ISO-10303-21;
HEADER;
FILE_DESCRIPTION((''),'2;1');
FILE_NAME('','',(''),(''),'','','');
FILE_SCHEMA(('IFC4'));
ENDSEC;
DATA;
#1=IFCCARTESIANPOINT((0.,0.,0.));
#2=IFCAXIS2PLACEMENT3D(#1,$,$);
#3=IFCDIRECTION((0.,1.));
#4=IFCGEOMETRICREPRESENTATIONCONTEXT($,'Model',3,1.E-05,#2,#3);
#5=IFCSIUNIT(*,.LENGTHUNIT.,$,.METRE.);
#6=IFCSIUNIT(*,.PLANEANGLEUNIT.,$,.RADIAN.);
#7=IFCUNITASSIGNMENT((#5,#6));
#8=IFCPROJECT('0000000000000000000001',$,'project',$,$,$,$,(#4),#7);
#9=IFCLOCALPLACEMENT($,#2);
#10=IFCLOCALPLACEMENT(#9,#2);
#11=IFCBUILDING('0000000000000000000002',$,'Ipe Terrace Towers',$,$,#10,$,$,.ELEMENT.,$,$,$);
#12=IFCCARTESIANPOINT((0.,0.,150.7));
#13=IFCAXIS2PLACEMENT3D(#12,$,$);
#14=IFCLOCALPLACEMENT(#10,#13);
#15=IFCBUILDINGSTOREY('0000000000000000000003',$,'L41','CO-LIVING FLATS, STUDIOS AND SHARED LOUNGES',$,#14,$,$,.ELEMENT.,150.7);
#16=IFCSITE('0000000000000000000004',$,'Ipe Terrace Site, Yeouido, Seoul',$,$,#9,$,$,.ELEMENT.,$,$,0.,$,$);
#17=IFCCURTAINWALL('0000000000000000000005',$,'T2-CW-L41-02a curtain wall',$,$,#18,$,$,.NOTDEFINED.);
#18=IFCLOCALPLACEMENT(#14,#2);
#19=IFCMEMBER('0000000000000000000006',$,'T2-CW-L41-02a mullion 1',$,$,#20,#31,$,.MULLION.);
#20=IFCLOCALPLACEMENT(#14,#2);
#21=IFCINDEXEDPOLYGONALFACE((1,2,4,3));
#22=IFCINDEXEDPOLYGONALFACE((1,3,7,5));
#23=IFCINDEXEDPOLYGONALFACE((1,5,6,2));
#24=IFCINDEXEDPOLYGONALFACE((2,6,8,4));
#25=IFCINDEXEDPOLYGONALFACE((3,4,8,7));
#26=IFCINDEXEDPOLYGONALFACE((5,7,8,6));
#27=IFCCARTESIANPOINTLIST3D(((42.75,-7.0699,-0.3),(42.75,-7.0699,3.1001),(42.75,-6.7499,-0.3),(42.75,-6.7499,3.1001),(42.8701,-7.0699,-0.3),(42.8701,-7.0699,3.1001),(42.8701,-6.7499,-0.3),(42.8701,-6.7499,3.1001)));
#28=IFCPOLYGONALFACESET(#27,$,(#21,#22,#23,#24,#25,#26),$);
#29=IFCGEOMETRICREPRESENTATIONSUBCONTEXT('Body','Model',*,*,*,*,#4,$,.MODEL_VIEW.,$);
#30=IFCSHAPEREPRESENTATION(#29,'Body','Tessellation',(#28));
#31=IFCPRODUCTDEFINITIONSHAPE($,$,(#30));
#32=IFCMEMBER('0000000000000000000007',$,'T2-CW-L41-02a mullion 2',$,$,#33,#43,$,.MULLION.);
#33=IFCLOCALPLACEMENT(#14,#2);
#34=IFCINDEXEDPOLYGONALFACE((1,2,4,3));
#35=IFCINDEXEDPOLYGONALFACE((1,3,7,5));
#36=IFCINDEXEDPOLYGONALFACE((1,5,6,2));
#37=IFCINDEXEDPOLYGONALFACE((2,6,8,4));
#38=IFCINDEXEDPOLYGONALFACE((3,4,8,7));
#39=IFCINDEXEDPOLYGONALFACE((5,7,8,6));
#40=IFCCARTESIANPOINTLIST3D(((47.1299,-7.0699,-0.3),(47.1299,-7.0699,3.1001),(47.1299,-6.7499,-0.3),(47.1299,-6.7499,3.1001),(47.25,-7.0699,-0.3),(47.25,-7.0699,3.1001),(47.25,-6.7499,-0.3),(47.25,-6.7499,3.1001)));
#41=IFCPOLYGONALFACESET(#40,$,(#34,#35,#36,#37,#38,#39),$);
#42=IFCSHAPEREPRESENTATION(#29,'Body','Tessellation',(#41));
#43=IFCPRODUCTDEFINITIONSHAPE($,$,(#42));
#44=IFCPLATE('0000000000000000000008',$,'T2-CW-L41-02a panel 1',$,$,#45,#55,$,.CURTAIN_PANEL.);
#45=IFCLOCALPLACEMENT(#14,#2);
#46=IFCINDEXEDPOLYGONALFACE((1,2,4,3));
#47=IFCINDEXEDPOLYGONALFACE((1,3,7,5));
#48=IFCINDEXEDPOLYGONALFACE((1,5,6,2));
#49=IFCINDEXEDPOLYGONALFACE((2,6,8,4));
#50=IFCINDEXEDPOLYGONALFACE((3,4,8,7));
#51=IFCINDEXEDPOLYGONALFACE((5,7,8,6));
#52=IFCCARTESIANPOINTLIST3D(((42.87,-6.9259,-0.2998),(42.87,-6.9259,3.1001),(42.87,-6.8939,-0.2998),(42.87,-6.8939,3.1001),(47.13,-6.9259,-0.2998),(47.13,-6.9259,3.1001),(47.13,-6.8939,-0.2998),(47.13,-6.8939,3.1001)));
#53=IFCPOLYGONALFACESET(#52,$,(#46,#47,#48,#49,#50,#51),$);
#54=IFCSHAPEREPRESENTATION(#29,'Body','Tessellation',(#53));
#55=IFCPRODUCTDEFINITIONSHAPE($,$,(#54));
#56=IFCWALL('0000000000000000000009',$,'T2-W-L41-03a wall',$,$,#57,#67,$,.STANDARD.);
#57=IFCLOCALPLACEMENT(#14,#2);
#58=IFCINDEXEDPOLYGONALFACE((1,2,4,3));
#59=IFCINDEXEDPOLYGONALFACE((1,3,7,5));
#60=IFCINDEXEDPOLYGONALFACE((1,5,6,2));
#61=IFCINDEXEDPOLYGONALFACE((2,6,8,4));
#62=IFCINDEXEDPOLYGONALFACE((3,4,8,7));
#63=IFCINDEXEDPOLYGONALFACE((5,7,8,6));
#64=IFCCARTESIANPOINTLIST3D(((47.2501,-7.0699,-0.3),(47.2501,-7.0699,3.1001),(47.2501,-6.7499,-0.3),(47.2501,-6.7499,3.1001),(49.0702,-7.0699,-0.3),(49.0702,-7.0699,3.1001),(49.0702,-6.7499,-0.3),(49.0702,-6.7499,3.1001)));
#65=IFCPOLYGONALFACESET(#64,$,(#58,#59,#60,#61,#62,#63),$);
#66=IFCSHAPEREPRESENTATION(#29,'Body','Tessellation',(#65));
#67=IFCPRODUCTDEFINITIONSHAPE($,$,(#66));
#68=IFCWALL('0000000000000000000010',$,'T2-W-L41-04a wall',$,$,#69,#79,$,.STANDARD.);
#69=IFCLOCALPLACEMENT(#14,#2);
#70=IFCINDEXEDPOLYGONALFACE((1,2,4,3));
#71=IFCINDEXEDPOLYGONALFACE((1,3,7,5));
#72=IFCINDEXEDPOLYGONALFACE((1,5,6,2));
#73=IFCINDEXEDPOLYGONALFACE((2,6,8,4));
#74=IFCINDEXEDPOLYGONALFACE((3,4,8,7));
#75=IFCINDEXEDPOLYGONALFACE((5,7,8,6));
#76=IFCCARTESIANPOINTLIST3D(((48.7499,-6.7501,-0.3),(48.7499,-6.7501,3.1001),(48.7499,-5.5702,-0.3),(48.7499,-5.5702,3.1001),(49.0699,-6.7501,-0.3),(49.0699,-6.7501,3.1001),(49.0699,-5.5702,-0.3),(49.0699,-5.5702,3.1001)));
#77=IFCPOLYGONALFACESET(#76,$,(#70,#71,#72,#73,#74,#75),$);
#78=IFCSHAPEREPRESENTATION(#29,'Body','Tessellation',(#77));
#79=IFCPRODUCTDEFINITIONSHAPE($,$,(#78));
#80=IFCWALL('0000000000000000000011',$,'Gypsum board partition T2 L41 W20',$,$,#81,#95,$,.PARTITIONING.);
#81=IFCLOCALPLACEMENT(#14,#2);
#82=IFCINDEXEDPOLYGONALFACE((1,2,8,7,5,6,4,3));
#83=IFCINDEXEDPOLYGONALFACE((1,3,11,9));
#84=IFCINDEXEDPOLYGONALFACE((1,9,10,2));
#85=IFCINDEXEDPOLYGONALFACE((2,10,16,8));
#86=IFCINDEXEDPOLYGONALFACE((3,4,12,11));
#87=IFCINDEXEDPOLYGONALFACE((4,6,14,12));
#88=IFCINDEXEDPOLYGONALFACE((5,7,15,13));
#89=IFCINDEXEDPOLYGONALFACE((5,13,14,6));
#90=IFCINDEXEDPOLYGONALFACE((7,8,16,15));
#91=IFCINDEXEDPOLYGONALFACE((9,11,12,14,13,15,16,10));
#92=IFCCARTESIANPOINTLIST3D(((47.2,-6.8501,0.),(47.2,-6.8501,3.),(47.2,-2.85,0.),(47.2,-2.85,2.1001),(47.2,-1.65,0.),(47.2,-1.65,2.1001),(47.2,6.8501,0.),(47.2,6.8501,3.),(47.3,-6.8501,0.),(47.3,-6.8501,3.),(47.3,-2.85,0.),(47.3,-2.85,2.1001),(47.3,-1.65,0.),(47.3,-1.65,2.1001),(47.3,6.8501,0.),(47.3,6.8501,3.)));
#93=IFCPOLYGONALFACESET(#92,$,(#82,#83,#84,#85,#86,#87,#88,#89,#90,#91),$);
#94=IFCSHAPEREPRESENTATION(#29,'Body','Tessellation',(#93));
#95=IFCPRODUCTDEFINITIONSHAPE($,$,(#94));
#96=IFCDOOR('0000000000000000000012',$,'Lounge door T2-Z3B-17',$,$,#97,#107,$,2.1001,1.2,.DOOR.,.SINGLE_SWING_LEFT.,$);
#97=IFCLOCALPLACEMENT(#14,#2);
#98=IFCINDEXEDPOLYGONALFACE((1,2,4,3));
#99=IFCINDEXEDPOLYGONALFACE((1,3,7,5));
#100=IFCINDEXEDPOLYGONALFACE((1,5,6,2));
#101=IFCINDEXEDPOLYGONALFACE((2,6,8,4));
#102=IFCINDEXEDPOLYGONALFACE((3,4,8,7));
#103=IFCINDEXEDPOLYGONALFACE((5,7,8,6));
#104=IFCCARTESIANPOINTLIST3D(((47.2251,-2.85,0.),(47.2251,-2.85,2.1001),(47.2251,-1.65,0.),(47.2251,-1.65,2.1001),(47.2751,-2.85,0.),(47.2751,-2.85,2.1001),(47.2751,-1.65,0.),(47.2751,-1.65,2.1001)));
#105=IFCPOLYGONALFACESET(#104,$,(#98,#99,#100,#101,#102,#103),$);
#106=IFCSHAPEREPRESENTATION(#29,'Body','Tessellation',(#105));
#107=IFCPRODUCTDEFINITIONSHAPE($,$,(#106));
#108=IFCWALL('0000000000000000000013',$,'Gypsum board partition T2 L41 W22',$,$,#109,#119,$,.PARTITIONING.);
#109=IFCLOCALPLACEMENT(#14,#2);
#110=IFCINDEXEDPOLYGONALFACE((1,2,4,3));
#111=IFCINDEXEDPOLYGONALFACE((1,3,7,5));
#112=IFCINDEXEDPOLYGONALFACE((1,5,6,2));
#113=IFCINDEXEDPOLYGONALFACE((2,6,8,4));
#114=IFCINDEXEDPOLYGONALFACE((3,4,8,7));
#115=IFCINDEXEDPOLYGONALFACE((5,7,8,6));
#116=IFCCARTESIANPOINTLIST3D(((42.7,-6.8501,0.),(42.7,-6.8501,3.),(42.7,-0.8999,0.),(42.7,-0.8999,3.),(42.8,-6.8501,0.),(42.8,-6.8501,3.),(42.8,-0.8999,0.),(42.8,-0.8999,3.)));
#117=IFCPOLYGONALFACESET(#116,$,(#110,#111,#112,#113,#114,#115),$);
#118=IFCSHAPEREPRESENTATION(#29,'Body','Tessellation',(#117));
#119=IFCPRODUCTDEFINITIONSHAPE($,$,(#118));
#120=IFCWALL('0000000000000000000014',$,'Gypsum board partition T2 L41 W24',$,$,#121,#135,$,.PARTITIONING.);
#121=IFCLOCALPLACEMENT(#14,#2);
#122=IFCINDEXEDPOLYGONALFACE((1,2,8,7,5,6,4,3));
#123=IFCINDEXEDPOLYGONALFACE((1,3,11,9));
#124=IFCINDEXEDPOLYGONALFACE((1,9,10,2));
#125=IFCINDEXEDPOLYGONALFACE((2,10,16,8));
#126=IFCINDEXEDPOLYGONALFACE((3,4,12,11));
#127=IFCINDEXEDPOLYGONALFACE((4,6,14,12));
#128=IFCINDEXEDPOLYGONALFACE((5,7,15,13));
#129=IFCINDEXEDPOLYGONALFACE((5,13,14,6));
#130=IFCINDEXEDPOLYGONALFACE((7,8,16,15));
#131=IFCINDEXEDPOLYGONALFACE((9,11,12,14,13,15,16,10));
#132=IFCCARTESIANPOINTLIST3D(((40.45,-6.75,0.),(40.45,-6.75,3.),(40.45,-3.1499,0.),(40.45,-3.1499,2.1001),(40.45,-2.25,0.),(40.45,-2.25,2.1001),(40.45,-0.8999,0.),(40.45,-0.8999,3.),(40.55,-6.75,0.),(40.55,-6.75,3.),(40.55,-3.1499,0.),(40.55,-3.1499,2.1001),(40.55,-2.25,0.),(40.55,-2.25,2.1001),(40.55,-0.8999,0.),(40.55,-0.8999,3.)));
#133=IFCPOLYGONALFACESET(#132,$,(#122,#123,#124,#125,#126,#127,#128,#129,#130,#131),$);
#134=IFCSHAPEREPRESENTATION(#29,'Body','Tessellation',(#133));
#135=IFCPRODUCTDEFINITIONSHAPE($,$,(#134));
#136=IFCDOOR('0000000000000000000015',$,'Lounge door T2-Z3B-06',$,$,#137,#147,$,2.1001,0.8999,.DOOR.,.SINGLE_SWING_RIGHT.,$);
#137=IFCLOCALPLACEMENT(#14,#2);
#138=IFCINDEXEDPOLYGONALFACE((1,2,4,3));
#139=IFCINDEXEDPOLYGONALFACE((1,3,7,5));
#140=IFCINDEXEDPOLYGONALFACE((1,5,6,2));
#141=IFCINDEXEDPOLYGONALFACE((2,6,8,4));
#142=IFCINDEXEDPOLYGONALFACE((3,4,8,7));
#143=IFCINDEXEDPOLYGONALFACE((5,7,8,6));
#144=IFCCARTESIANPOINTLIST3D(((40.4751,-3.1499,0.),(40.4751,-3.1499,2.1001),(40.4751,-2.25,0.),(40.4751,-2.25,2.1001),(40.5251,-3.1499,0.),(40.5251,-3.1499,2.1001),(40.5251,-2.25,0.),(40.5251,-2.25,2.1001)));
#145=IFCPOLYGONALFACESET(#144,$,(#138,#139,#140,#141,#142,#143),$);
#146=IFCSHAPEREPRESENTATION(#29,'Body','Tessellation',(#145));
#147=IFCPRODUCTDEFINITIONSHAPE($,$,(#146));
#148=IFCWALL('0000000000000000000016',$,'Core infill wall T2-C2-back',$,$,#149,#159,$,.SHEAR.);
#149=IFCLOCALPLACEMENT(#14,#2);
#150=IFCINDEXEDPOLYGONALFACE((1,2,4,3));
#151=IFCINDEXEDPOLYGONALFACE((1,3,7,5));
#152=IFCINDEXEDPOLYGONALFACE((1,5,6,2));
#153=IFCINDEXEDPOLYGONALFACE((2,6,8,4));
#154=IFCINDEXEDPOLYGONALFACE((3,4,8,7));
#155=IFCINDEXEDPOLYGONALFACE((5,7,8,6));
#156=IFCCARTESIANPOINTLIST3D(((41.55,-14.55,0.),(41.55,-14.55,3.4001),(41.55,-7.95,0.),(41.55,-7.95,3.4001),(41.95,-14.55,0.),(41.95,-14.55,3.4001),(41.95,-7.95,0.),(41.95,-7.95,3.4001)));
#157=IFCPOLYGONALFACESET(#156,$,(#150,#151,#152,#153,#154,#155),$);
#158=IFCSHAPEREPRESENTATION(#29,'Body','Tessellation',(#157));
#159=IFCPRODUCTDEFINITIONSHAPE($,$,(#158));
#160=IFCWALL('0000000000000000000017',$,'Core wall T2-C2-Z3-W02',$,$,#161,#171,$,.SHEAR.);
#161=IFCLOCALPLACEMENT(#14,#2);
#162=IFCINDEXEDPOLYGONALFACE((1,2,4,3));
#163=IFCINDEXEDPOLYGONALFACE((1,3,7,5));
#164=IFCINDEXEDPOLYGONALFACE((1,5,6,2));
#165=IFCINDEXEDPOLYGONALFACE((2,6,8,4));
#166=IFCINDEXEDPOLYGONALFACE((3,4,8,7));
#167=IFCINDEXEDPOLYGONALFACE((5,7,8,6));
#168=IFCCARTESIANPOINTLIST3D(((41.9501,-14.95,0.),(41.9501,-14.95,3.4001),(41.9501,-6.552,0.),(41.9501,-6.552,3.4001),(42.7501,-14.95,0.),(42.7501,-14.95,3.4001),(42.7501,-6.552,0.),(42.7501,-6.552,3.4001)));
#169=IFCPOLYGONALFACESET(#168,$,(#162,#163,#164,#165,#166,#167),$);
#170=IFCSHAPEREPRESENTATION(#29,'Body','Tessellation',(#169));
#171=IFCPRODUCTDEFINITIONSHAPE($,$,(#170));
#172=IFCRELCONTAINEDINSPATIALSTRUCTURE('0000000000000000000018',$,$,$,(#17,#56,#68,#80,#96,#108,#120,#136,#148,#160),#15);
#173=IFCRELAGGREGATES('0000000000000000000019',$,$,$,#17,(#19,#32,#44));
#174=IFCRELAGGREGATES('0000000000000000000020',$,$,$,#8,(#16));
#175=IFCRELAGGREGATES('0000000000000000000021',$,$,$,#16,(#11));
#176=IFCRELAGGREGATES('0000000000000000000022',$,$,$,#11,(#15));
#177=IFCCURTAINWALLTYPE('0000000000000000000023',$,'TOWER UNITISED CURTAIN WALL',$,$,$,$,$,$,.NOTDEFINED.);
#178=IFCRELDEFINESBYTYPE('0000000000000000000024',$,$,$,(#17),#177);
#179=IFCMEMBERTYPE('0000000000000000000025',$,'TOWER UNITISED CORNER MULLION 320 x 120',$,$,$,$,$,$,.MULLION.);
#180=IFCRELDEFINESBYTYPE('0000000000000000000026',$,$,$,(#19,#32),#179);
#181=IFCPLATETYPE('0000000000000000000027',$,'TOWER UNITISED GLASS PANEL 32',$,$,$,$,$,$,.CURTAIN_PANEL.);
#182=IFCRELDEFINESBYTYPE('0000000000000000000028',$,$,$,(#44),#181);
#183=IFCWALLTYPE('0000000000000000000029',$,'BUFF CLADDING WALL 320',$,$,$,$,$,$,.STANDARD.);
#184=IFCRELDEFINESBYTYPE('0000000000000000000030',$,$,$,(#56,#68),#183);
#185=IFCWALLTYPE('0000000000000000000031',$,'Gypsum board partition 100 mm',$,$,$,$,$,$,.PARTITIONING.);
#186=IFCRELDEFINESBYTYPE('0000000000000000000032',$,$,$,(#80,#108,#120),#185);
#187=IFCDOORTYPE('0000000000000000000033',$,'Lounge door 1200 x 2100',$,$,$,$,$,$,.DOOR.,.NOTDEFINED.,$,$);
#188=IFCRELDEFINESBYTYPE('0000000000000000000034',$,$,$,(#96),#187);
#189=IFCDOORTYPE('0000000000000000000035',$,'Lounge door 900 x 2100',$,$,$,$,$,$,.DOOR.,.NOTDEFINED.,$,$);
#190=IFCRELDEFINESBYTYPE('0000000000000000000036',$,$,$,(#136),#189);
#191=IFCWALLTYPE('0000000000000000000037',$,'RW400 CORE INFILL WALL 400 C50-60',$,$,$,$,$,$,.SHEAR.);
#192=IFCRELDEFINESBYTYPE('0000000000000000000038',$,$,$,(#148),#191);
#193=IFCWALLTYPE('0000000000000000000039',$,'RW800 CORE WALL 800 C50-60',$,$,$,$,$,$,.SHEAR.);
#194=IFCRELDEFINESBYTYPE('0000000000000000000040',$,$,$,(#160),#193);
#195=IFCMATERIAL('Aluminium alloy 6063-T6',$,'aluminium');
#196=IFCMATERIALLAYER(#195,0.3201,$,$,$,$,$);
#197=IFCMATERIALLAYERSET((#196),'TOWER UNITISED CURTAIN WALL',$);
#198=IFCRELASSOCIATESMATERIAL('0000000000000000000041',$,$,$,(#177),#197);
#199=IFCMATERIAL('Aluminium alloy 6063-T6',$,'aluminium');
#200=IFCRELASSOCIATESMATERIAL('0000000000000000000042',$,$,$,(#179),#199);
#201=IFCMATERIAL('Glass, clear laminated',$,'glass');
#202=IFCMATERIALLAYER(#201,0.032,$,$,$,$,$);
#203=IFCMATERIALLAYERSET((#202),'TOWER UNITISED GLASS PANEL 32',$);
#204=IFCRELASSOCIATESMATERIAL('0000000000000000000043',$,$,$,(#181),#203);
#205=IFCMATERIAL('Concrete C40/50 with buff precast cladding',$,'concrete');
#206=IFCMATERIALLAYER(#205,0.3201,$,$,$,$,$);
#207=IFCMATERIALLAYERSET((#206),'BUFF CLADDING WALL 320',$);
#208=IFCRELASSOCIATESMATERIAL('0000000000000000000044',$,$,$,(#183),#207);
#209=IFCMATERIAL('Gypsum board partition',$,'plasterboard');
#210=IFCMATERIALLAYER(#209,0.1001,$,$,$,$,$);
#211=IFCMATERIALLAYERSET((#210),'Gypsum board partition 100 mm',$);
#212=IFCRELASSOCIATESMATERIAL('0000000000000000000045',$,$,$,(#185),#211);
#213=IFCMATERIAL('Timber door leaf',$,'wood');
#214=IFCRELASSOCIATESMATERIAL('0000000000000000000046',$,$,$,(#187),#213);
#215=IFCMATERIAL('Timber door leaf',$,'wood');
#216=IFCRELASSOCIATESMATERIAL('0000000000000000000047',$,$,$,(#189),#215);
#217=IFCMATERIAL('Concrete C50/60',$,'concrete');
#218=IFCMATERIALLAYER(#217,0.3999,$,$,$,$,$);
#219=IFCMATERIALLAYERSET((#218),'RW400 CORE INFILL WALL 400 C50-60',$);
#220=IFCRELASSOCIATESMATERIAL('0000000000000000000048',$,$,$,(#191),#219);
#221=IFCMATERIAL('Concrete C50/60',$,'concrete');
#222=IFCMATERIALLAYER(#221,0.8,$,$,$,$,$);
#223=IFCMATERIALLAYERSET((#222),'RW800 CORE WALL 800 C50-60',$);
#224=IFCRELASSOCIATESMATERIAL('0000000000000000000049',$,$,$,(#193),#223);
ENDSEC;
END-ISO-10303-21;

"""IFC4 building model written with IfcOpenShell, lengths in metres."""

from ifc_helpers import new_model, si_unit, direction, frame, frame_2d, origin, origin_2d, place, context, subcontext, project, spatial, rectangle, extrude, material, layer, layer_set, material_profile, profile_set, type_object, element, fill, aggregate, save


model = new_model("IFC4")

# Units and contexts
model_context = context("Model", 3, precision=1e-05, world=origin(), true_north=direction((0.0, 1.0)))
body_context = subcontext(model_context, "Body", "Model", "MODEL_VIEW")
ifc_project = project(units=[si_unit("LENGTHUNIT", "METRE"), si_unit("PLANEANGLEUNIT", "RADIAN")], contexts=[model_context])

# Site, building, storey
site_placement = place(None, origin())
site = spatial("IfcSite", under=ifc_project, at=site_placement, Name="Ipe Terrace Site, Yeouido, Seoul", CompositionType="ELEMENT", RefElevation=0.0)
building_placement = place(site_placement, origin())
building = spatial("IfcBuilding", under=site, at=building_placement, Name="Ipe Terrace Towers", CompositionType="ELEMENT")
storey_placement = place(building_placement, frame((0.0, 0.0, 150.7)))
storey = spatial("IfcBuildingStorey", under=building, at=storey_placement, Name="L41", Description="CO-LIVING FLATS, STUDIOS AND SHARED LOUNGES", CompositionType="ELEMENT", Elevation=150.7)

# Curtain wall, members, plate
ifc_material_1 = material(Name="Aluminium alloy 6063-T6", Category="aluminium")
ifc_layer_1 = layer(ifc_material_1, 0.3201)
ifc_layer_set_1 = layer_set([ifc_layer_1], Name="TOWER UNITISED CURTAIN WALL")
curtain_wall_type = type_object("IfcCurtainWallType", Name="TOWER UNITISED CURTAIN WALL", PredefinedType="NOTDEFINED", material=ifc_layer_set_1)
curtain_wall_placement = place(storey_placement, origin())
curtain_wall = element("IfcCurtainWall", 1, at=curtain_wall_placement, inside=storey, type_object=curtain_wall_type, Name="T2-CW-L41-02a curtain wall", PredefinedType="NOTDEFINED")
ifc_material_2 = material(Name="Aluminium alloy 6063-T6", Category="aluminium")
ifc_material_profile = material_profile(ifc_material_2, rectangle(XDim=0.3201, YDim=0.1201, at=origin_2d()), Name="TOWER UNITISED CORNER MULLION 320 x 120")
ifc_profile_set = profile_set([ifc_material_profile], Name="Aluminium alloy 6063-T6")
member_type = type_object("IfcMemberType", Name="TOWER UNITISED CORNER MULLION 320 x 120", PredefinedType="MULLION", material=ifc_profile_set)
member_1_placement = place(storey_placement, frame((42.8101, -6.9099, -0.3), z_axis=(0.0, 0.0, 1.0), x_axis=(0.0, -1.0, 0.0)))
member_1 = element("IfcMember", 2, at=member_1_placement, type_object=member_type, Name="T2-CW-L41-02a mullion 1", PredefinedType="MULLION", context=body_context, shape_type="SweptSolid", body=[
    extrude(rectangle(XDim=0.3201, YDim=0.1201, at=origin_2d()), origin(), (0.0, 0.0, 1.0), 3.4001),
])
member_2_placement = place(storey_placement, frame((47.1899, -6.9099, -0.3), z_axis=(0.0, 0.0, 1.0), x_axis=(0.0, -1.0, 0.0)))
member_2 = element("IfcMember", 3, at=member_2_placement, type_object=member_type, Name="T2-CW-L41-02a mullion 2", PredefinedType="MULLION", context=body_context, shape_type="SweptSolid", body=[
    extrude(rectangle(XDim=0.3201, YDim=0.1201, at=origin_2d()), origin(), (0.0, 0.0, 1.0), 3.4001),
])
ifc_material_3 = material(Name="Glass, clear laminated", Category="glass")
ifc_layer_2 = layer(ifc_material_3, 0.032)
ifc_layer_set_2 = layer_set([ifc_layer_2], Name="TOWER UNITISED GLASS PANEL 32")
plate_type = type_object("IfcPlateType", Name="TOWER UNITISED GLASS PANEL 32", PredefinedType="CURTAIN_PANEL", material=ifc_layer_set_2)
plate_placement = place(storey_placement, frame((45.0, -6.9099, -0.2998), z_axis=(0.0, 0.0, 1.0), x_axis=(1.0, 0.0, 0.0)))
plate = element("IfcPlate", 4, at=plate_placement, type_object=plate_type, Name="T2-CW-L41-02a panel 1", PredefinedType="CURTAIN_PANEL", context=body_context, shape_type="SweptSolid", body=[
    extrude(rectangle(XDim=4.26, YDim=0.032, at=origin_2d()), origin(), (0.0, 0.0, 1.0), 3.3999),
])
aggregate(curtain_wall, [member_1, member_2, plate])

# Walls
ifc_material_4 = material(Name="Concrete C40/50 with buff precast cladding", Category="concrete")
ifc_layer_3 = layer(ifc_material_4, 0.3201)
ifc_layer_set_3 = layer_set([ifc_layer_3], Name="BUFF CLADDING WALL 320")
wall_type_1 = type_object("IfcWallType", Name="BUFF CLADDING WALL 320", PredefinedType="STANDARD", material=ifc_layer_set_3)
wall_1_placement = place(storey_placement, frame((47.25, -6.9099, -0.3), z_axis=(0.0, 0.0, 1.0), x_axis=(1.0, 0.0, 0.0)))
element("IfcWall", 5, at=wall_1_placement, inside=storey, type_object=wall_type_1, Name="T2-W-L41-03a wall", PredefinedType="STANDARD", context=body_context, shape_type="SweptSolid", body=[
    extrude(rectangle(XDim=1.8201, YDim=0.3201, at=frame_2d((0.9102, 0.0))), origin(), (0.0, 0.0, 1.0), 3.4001),
])
wall_2_placement = place(storey_placement, frame((48.9099, -6.75, -0.3), z_axis=(0.0, 0.0, 1.0), x_axis=(0.0, 1.0, 0.0)))
element("IfcWall", 6, at=wall_2_placement, inside=storey, type_object=wall_type_1, Name="T2-W-L41-04a wall", PredefinedType="STANDARD", context=body_context, shape_type="SweptSolid", body=[
    extrude(rectangle(XDim=1.1799, YDim=0.3201, at=frame_2d((0.5898, 0.0))), origin(), (0.0, 0.0, 1.0), 3.4001),
])

# Wall, opening, door
ifc_material_5 = material(Name="Gypsum board partition", Category="plasterboard")
ifc_layer_4 = layer(ifc_material_5, 0.1001)
ifc_layer_set_4 = layer_set([ifc_layer_4], Name="Gypsum board partition 100 mm")
wall_type_2 = type_object("IfcWallType", Name="Gypsum board partition 100 mm", PredefinedType="PARTITIONING", material=ifc_layer_set_4)
wall_3_placement = place(storey_placement, frame((47.25, -6.8501, 0.0), z_axis=(0.0, 0.0, 1.0), x_axis=(0.0, 1.0, 0.0)))
wall_3 = element("IfcWall", 7, at=wall_3_placement, inside=storey, type_object=wall_type_2, Name="Gypsum board partition T2 L41 W20", PredefinedType="PARTITIONING", context=body_context, shape_type="SweptSolid", body=[
    extrude(rectangle(XDim=13.7002, YDim=0.1001, at=frame_2d((6.8501, 0.0))), origin(), (0.0, 0.0, 1.0), 3.0),
])
opening_1_placement = place(wall_3_placement, frame((4.0, 0.0, 0.0)))
opening_1 = element("IfcOpeningElement", 8, at=opening_1_placement, cuts=wall_3, PredefinedType="OPENING", context=body_context, shape_type="SweptSolid", body=[
    extrude(rectangle(XDim=1.2, YDim=2.1001, at=frame_2d((0.6001, 1.05))), frame((0.0, 0.0601, 0.0), z_axis=(0.0, -1.0, 0.0), x_axis=(1.0, 0.0, 0.0)), (0.0, 0.0, 1.0), 0.1201),
])
ifc_material_6 = material(Name="Timber door leaf", Category="wood")
door_type_1 = type_object("IfcDoorType", Name="Lounge door 1200 x 2100", OperationType="NOTDEFINED", PredefinedType="DOOR", material=ifc_material_6)
door_1_placement = place(opening_1_placement, origin())
door_1 = element("IfcDoor", 9, at=door_1_placement, inside=storey, type_object=door_type_1, Name="Lounge door T2-Z3B-17", OperationType="SINGLE_SWING_LEFT", OverallHeight=2.1001, OverallWidth=1.2, PredefinedType="DOOR", context=body_context, shape_type="SweptSolid", body=[
    extrude(rectangle(XDim=1.2, YDim=2.1001, at=frame_2d((0.6001, 1.05))), frame((0.0, 0.0249, 0.0), z_axis=(0.0, -1.0, 0.0), x_axis=(1.0, 0.0, 0.0)), (0.0, 0.0, 1.0), 0.05),
])
fill(opening_1, door_1)

# Wall
wall_4_placement = place(storey_placement, frame((42.75, -6.8501, 0.0), z_axis=(0.0, 0.0, 1.0), x_axis=(0.0, 1.0, 0.0)))
element("IfcWall", 10, at=wall_4_placement, inside=storey, type_object=wall_type_2, Name="Gypsum board partition T2 L41 W22", PredefinedType="PARTITIONING", context=body_context, shape_type="SweptSolid", body=[
    extrude(rectangle(XDim=5.9502, YDim=0.1001, at=frame_2d((2.9751, 0.0))), origin(), (0.0, 0.0, 1.0), 3.0),
])

# Wall, opening, door
wall_5_placement = place(storey_placement, frame((40.5, -6.75, 0.0), z_axis=(0.0, 0.0, 1.0), x_axis=(0.0, 1.0, 0.0)))
wall_5 = element("IfcWall", 11, at=wall_5_placement, inside=storey, type_object=wall_type_2, Name="Gypsum board partition T2 L41 W24", PredefinedType="PARTITIONING", context=body_context, shape_type="SweptSolid", body=[
    extrude(rectangle(XDim=5.8501, YDim=0.1001, at=frame_2d((2.925, 0.0))), origin(), (0.0, 0.0, 1.0), 3.0),
])
opening_2_placement = place(wall_5_placement, frame((3.6001, 0.0, 0.0)))
opening_2 = element("IfcOpeningElement", 12, at=opening_2_placement, cuts=wall_5, PredefinedType="OPENING", context=body_context, shape_type="SweptSolid", body=[
    extrude(rectangle(XDim=0.8999, YDim=2.1001, at=frame_2d((0.45, 1.05))), frame((0.0, 0.0601, 0.0), z_axis=(0.0, -1.0, 0.0), x_axis=(1.0, 0.0, 0.0)), (0.0, 0.0, 1.0), 0.1201),
])
ifc_material_7 = material(Name="Timber door leaf", Category="wood")
door_type_2 = type_object("IfcDoorType", Name="Lounge door 900 x 2100", OperationType="NOTDEFINED", PredefinedType="DOOR", material=ifc_material_7)
door_2_placement = place(opening_2_placement, origin())
door_2 = element("IfcDoor", 13, at=door_2_placement, inside=storey, type_object=door_type_2, Name="Lounge door T2-Z3B-06", OperationType="SINGLE_SWING_RIGHT", OverallHeight=2.1001, OverallWidth=0.8999, PredefinedType="DOOR", context=body_context, shape_type="SweptSolid", body=[
    extrude(rectangle(XDim=0.8999, YDim=2.1001, at=frame_2d((0.45, 1.05))), frame((0.0, 0.0249, 0.0), z_axis=(0.0, -1.0, 0.0), x_axis=(1.0, 0.0, 0.0)), (0.0, 0.0, 1.0), 0.05),
])
fill(opening_2, door_2)

# Walls
ifc_material_8 = material(Name="Concrete C50/60", Category="concrete")
ifc_layer_5 = layer(ifc_material_8, 0.3999)
ifc_layer_set_5 = layer_set([ifc_layer_5], Name="RW400 CORE INFILL WALL 400 C50-60")
wall_type_3 = type_object("IfcWallType", Name="RW400 CORE INFILL WALL 400 C50-60", PredefinedType="SHEAR", material=ifc_layer_set_5)
wall_6_placement = place(storey_placement, frame((41.75, -7.95, 0.0), z_axis=(0.0, 0.0, 1.0), x_axis=(0.0, -1.0, 0.0)))
element("IfcWall", 14, at=wall_6_placement, inside=storey, type_object=wall_type_3, Name="Core infill wall T2-C2-back", PredefinedType="SHEAR", context=body_context, shape_type="SweptSolid", body=[
    extrude(rectangle(XDim=6.6001, YDim=0.3999, at=frame_2d((3.3, 0.0))), origin(), (0.0, 0.0, 1.0), 3.4001),
])
ifc_material_9 = material(Name="Concrete C50/60", Category="concrete")
ifc_layer_6 = layer(ifc_material_9, 0.8)
ifc_layer_set_6 = layer_set([ifc_layer_6], Name="RW800 CORE WALL 800 C50-60")
wall_type_4 = type_object("IfcWallType", Name="RW800 CORE WALL 800 C50-60", PredefinedType="SHEAR", material=ifc_layer_set_6)
wall_7_placement = place(storey_placement, frame((42.3501, -14.95, 0.0), z_axis=(0.0, 0.0, 1.0), x_axis=(0.0, 1.0, 0.0)))
element("IfcWall", 15, at=wall_7_placement, inside=storey, type_object=wall_type_4, Name="Core wall T2-C2-Z3-W02", PredefinedType="SHEAR", context=body_context, shape_type="SweptSolid", body=[
    extrude(rectangle(XDim=8.3979, YDim=0.8, at=frame_2d((4.199, 0.0))), origin(), (0.0, 0.0, 1.0), 3.4001),
])

save(model, "model.ifc")
